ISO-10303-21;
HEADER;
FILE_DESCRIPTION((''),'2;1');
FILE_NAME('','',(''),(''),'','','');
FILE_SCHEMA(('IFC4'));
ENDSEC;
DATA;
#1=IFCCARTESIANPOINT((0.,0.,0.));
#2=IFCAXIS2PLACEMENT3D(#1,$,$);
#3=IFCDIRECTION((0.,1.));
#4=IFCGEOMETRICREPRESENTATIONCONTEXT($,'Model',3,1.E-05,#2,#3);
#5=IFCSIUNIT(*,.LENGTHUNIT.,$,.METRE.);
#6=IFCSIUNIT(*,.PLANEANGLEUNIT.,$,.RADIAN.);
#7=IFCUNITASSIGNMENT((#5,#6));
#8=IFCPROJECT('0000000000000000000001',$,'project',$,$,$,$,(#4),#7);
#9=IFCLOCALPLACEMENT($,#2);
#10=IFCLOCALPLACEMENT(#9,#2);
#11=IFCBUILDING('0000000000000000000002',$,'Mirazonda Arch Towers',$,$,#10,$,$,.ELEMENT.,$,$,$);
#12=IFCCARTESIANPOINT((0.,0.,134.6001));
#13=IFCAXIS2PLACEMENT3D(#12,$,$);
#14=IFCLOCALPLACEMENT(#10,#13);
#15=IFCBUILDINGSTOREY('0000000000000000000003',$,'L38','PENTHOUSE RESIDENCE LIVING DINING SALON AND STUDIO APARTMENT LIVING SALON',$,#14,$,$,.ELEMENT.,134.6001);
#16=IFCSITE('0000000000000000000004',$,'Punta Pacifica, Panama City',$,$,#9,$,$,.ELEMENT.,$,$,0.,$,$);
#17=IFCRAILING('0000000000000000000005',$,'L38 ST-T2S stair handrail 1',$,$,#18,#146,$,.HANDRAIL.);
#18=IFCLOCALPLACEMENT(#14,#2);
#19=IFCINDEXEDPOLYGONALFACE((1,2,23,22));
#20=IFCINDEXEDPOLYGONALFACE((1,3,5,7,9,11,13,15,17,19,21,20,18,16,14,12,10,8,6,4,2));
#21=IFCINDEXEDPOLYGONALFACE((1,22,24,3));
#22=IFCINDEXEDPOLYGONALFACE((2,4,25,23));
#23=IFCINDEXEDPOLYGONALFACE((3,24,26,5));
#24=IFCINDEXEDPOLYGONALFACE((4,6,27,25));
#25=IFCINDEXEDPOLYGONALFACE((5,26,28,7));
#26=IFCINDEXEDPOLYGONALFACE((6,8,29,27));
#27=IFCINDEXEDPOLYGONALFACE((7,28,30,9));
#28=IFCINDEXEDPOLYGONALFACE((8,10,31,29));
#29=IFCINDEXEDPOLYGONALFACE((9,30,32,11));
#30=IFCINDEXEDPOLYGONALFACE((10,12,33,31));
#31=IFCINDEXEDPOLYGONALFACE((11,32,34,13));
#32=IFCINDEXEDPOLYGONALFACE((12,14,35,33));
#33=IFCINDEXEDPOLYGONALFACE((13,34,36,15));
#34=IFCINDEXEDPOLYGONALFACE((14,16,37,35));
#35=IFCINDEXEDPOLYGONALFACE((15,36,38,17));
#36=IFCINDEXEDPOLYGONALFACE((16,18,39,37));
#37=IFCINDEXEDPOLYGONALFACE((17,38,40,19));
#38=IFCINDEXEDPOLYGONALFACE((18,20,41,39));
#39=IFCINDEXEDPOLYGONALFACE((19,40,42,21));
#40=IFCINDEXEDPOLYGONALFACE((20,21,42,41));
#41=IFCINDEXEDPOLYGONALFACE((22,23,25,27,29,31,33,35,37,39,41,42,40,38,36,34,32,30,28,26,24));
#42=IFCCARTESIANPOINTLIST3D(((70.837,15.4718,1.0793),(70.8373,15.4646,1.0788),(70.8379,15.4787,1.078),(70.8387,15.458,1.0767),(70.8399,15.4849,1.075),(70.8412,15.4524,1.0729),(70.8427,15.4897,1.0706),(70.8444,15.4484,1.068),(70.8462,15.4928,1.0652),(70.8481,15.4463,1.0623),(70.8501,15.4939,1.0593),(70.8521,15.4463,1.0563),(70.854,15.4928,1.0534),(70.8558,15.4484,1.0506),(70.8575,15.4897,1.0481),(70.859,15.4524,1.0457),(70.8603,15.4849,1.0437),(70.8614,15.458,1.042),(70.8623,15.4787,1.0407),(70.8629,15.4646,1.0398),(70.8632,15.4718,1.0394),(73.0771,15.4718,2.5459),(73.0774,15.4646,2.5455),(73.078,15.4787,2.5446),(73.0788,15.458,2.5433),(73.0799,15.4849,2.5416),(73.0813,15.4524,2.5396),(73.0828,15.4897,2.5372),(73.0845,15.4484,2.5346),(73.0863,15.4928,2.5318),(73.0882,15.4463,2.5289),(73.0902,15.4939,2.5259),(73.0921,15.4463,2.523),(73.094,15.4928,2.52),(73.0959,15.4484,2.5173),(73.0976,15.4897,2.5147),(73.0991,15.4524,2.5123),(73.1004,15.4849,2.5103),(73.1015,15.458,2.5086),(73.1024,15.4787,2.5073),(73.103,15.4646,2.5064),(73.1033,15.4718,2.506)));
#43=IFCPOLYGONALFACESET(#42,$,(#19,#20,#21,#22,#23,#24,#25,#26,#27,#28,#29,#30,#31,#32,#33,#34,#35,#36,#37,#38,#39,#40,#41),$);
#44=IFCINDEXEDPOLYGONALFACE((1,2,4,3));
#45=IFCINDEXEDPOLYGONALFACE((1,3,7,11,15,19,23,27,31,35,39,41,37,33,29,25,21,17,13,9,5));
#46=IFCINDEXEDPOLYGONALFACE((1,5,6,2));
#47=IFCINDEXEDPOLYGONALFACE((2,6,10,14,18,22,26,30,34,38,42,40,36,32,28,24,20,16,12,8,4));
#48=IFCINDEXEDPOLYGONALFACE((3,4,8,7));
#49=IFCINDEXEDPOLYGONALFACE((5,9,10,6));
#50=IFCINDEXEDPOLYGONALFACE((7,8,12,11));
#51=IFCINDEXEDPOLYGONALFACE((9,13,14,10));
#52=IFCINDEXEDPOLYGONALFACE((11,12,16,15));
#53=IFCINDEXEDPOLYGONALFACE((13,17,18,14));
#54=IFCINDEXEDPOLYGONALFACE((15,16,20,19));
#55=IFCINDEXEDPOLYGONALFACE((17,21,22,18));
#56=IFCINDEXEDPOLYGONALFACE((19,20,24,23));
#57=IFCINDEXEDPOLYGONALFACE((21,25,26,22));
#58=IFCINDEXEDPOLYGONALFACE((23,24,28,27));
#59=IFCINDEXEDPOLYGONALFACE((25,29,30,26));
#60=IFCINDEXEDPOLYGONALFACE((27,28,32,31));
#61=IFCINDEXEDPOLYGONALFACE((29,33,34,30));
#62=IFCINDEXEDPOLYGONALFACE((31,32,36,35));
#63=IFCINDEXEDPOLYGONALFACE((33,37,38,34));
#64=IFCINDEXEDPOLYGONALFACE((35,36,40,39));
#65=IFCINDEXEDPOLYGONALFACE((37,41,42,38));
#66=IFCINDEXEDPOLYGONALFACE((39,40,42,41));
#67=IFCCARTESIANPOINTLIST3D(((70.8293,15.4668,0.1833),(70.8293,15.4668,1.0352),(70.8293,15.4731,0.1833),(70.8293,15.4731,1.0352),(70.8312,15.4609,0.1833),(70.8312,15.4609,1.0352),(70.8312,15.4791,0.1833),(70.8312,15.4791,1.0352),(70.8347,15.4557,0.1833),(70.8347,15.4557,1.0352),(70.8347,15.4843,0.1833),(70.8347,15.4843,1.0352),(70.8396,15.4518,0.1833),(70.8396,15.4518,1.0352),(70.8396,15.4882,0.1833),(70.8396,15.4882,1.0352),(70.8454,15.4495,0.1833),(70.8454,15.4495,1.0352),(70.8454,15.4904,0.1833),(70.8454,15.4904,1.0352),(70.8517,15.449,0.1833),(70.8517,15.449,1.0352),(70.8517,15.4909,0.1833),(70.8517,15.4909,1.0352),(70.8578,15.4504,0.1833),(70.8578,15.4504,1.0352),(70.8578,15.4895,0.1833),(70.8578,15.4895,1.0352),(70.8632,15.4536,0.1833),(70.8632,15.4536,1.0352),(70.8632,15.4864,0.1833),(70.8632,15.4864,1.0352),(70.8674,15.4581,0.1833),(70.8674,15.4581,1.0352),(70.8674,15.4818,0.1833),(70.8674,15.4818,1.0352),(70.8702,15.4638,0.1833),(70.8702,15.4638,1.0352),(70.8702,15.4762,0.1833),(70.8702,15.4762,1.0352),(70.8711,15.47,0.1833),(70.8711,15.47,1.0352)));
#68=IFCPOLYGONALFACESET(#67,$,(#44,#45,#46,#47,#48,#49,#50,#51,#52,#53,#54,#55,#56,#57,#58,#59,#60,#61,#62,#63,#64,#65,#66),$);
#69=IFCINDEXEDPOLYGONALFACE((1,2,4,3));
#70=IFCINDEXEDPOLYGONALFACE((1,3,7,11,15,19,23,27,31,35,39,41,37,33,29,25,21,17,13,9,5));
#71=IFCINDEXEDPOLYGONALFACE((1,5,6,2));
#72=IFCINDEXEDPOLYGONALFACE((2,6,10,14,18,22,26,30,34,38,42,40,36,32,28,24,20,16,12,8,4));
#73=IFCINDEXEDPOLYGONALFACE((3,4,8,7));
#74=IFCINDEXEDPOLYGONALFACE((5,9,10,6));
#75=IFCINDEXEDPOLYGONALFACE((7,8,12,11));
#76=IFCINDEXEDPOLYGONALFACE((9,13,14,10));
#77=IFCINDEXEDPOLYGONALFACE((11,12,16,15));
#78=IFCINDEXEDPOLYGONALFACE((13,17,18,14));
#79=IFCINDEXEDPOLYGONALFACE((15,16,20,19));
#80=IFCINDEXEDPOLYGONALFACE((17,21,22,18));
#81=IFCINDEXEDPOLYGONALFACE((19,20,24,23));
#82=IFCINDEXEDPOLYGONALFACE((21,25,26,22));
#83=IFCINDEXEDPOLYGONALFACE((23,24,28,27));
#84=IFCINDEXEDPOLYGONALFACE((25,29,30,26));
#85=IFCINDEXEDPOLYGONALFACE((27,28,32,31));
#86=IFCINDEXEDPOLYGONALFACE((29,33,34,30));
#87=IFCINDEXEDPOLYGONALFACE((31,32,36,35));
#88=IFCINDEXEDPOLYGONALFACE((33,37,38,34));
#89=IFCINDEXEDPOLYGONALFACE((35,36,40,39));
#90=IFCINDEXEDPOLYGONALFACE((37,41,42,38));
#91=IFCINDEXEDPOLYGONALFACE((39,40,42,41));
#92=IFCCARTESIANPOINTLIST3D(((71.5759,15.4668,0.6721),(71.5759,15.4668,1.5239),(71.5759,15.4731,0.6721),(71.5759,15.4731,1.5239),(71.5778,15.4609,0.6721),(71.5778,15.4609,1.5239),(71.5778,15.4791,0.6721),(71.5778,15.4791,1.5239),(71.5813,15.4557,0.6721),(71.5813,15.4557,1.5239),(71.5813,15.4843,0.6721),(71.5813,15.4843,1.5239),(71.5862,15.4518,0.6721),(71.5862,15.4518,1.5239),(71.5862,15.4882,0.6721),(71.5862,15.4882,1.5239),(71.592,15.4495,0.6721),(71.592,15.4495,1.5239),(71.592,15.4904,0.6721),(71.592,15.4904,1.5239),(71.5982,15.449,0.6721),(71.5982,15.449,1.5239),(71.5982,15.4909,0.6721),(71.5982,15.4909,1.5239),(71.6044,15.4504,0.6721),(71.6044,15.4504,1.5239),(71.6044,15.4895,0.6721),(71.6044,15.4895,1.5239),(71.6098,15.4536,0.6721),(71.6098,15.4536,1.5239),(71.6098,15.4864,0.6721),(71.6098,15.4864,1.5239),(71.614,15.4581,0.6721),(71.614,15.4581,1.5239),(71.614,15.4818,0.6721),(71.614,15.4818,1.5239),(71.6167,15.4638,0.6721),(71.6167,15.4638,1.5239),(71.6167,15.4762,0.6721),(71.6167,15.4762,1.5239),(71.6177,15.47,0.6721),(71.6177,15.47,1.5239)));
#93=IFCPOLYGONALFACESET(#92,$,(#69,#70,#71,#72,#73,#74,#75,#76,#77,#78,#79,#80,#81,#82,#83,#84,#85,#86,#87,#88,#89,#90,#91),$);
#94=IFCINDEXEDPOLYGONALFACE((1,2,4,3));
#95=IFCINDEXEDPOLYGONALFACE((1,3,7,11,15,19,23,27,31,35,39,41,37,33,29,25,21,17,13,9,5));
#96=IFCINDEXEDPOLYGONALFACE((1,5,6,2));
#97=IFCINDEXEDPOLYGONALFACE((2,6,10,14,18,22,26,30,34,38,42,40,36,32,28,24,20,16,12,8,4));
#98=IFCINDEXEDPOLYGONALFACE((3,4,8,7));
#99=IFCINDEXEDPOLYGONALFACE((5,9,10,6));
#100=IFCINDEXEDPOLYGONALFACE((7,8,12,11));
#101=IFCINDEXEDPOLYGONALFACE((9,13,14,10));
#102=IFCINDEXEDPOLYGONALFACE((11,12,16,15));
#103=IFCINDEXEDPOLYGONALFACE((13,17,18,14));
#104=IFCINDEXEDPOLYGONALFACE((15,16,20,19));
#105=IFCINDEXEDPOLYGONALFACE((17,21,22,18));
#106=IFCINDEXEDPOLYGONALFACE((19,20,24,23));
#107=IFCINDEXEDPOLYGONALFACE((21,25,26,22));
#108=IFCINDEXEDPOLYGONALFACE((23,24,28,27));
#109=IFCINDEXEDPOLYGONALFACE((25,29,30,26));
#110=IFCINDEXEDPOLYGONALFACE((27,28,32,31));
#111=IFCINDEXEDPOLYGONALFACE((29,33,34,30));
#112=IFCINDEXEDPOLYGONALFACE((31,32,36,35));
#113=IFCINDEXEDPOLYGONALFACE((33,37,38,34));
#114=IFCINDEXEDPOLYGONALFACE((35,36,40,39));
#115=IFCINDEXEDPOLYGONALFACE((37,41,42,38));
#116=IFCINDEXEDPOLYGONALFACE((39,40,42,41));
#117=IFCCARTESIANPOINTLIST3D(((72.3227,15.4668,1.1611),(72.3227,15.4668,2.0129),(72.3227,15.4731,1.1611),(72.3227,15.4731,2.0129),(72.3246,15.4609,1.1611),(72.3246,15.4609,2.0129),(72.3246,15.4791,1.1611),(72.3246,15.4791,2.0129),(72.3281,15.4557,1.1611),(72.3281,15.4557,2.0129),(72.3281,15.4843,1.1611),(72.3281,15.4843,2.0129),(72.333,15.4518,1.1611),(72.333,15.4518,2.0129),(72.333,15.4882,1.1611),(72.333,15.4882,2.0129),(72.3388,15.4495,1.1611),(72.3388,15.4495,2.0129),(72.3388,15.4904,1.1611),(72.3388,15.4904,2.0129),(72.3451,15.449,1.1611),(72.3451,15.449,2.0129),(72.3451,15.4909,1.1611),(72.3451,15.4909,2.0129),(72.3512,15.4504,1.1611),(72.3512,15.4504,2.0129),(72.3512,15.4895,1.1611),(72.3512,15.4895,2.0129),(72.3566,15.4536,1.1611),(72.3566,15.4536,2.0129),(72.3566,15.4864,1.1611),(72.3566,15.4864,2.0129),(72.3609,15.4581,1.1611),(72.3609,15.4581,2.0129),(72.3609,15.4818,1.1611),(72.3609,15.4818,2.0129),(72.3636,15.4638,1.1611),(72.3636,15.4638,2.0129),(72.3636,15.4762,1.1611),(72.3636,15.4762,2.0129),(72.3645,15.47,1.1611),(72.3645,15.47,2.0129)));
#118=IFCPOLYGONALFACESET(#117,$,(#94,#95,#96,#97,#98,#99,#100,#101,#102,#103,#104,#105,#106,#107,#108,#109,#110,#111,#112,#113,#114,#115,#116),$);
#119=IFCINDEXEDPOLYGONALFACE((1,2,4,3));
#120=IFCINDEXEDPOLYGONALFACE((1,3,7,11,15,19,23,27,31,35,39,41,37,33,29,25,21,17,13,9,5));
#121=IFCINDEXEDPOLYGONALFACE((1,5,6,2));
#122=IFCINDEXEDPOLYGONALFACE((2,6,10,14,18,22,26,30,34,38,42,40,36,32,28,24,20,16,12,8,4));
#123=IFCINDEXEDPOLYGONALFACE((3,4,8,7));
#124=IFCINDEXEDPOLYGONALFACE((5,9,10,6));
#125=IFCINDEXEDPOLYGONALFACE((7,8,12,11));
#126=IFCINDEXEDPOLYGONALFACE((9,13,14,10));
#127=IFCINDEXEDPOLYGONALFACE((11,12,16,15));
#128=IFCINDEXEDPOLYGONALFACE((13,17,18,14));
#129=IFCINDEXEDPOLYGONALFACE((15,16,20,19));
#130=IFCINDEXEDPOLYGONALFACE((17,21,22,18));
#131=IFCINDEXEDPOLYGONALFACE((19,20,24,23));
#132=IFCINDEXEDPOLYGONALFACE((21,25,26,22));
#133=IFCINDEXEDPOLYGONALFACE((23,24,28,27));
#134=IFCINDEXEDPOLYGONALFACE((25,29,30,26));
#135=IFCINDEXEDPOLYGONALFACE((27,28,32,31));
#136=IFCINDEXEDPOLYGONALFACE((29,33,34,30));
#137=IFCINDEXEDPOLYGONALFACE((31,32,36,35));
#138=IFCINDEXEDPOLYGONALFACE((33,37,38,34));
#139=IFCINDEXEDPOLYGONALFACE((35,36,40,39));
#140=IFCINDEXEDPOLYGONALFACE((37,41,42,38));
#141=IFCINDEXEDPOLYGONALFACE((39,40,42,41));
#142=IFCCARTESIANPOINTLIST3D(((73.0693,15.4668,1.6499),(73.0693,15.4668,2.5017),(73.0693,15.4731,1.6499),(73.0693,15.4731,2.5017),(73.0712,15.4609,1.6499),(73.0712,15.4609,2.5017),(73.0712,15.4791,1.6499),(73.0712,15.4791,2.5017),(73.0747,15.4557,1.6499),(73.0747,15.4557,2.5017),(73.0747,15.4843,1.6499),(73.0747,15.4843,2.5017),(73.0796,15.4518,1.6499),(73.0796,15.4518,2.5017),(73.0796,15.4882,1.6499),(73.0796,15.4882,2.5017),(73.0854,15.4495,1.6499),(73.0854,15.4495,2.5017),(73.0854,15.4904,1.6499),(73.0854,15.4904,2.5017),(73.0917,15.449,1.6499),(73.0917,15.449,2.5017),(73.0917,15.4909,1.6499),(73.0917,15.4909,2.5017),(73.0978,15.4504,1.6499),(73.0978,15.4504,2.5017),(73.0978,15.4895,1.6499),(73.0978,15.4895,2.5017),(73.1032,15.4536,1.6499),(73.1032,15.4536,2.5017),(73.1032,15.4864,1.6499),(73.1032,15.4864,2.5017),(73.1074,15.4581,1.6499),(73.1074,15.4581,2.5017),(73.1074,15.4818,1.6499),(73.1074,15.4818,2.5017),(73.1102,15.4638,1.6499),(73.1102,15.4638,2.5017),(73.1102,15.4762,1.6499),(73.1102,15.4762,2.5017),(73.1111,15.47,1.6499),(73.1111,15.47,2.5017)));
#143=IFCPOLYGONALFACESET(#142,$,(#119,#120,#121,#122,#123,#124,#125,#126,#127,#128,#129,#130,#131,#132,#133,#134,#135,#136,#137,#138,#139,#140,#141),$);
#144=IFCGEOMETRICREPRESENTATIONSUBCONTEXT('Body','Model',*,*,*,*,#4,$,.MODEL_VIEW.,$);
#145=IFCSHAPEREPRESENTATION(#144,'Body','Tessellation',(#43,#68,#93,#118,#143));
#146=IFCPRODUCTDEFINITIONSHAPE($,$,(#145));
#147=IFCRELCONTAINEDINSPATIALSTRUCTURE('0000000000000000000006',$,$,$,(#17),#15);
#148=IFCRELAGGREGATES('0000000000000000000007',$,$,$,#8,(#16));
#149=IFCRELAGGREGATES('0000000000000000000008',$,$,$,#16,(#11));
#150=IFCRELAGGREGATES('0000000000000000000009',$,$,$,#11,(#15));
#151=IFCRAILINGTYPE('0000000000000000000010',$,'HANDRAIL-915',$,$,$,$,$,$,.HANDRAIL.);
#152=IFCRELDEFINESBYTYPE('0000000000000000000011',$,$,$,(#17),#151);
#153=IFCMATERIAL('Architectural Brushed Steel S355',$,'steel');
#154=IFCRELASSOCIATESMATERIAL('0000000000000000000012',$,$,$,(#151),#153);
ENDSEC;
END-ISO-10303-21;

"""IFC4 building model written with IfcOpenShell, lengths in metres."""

from ifc_helpers import new_model, si_unit, direction, frame, origin, origin_2d, place, context, subcontext, project, spatial, circle, extrude, material, type_object, element, save


model = new_model("IFC4")

# Units and contexts
model_context = context("Model", 3, precision=1e-05, world=origin(), true_north=direction((0.0, 1.0)))
body_context = subcontext(model_context, "Body", "Model", "MODEL_VIEW")
ifc_project = project(units=[si_unit("LENGTHUNIT", "METRE"), si_unit("PLANEANGLEUNIT", "RADIAN")], contexts=[model_context])

# Site, building, storey
site_placement = place(None, origin())
site = spatial("IfcSite", under=ifc_project, at=site_placement, Name="Punta Pacifica, Panama City", CompositionType="ELEMENT", RefElevation=0.0)
building_placement = place(site_placement, origin())
building = spatial("IfcBuilding", under=site, at=building_placement, Name="Mirazonda Arch Towers", CompositionType="ELEMENT")
storey_placement = place(building_placement, frame((0.0, 0.0, 134.6001)))
storey = spatial("IfcBuildingStorey", under=building, at=storey_placement, Name="L38", Description="PENTHOUSE RESIDENCE LIVING DINING SALON AND STUDIO APARTMENT LIVING SALON", CompositionType="ELEMENT", Elevation=134.6001)

# Railing
ifc_material_1 = material(Name="Architectural Brushed Steel S355", Category="steel")
railing_type_1 = type_object("IfcRailingType", Name="HANDRAIL-915", PredefinedType="HANDRAIL", material=ifc_material_1)
railing_1_placement = place(storey_placement, frame((70.8501, 15.47, 0.1833)))
element("IfcRailing", 1, at=railing_1_placement, inside=storey, type_object=railing_type_1, Name="L38 ST-T2S stair handrail 1", PredefinedType="HANDRAIL", context=body_context, shape_type="SweptSolid", body=[
    extrude(circle(Radius=0.0239, at=origin_2d()), frame((0.0, 0.0, 0.876), z_axis=(0.836637, 0.0, 0.547758), x_axis=(0.0, 1.0, 0.0)), (0.0, 0.0, 1.0), 2.6775),
    extrude(circle(Radius=0.021, at=origin_2d()), origin(), (0.0, 0.0, 1.0), 0.8518),
    extrude(circle(Radius=0.021, at=origin_2d()), frame((0.7466, 0.0, 0.4888)), (0.0, 0.0, 1.0), 0.8518),
    extrude(circle(Radius=0.021, at=origin_2d()), frame((1.4934, 0.0, 0.9778)), (0.0, 0.0, 1.0), 0.8518),
    extrude(circle(Radius=0.021, at=origin_2d()), frame((2.24, 0.0, 1.4666)), (0.0, 0.0, 1.0), 0.8518),
])

save(model, "model.ifc")
